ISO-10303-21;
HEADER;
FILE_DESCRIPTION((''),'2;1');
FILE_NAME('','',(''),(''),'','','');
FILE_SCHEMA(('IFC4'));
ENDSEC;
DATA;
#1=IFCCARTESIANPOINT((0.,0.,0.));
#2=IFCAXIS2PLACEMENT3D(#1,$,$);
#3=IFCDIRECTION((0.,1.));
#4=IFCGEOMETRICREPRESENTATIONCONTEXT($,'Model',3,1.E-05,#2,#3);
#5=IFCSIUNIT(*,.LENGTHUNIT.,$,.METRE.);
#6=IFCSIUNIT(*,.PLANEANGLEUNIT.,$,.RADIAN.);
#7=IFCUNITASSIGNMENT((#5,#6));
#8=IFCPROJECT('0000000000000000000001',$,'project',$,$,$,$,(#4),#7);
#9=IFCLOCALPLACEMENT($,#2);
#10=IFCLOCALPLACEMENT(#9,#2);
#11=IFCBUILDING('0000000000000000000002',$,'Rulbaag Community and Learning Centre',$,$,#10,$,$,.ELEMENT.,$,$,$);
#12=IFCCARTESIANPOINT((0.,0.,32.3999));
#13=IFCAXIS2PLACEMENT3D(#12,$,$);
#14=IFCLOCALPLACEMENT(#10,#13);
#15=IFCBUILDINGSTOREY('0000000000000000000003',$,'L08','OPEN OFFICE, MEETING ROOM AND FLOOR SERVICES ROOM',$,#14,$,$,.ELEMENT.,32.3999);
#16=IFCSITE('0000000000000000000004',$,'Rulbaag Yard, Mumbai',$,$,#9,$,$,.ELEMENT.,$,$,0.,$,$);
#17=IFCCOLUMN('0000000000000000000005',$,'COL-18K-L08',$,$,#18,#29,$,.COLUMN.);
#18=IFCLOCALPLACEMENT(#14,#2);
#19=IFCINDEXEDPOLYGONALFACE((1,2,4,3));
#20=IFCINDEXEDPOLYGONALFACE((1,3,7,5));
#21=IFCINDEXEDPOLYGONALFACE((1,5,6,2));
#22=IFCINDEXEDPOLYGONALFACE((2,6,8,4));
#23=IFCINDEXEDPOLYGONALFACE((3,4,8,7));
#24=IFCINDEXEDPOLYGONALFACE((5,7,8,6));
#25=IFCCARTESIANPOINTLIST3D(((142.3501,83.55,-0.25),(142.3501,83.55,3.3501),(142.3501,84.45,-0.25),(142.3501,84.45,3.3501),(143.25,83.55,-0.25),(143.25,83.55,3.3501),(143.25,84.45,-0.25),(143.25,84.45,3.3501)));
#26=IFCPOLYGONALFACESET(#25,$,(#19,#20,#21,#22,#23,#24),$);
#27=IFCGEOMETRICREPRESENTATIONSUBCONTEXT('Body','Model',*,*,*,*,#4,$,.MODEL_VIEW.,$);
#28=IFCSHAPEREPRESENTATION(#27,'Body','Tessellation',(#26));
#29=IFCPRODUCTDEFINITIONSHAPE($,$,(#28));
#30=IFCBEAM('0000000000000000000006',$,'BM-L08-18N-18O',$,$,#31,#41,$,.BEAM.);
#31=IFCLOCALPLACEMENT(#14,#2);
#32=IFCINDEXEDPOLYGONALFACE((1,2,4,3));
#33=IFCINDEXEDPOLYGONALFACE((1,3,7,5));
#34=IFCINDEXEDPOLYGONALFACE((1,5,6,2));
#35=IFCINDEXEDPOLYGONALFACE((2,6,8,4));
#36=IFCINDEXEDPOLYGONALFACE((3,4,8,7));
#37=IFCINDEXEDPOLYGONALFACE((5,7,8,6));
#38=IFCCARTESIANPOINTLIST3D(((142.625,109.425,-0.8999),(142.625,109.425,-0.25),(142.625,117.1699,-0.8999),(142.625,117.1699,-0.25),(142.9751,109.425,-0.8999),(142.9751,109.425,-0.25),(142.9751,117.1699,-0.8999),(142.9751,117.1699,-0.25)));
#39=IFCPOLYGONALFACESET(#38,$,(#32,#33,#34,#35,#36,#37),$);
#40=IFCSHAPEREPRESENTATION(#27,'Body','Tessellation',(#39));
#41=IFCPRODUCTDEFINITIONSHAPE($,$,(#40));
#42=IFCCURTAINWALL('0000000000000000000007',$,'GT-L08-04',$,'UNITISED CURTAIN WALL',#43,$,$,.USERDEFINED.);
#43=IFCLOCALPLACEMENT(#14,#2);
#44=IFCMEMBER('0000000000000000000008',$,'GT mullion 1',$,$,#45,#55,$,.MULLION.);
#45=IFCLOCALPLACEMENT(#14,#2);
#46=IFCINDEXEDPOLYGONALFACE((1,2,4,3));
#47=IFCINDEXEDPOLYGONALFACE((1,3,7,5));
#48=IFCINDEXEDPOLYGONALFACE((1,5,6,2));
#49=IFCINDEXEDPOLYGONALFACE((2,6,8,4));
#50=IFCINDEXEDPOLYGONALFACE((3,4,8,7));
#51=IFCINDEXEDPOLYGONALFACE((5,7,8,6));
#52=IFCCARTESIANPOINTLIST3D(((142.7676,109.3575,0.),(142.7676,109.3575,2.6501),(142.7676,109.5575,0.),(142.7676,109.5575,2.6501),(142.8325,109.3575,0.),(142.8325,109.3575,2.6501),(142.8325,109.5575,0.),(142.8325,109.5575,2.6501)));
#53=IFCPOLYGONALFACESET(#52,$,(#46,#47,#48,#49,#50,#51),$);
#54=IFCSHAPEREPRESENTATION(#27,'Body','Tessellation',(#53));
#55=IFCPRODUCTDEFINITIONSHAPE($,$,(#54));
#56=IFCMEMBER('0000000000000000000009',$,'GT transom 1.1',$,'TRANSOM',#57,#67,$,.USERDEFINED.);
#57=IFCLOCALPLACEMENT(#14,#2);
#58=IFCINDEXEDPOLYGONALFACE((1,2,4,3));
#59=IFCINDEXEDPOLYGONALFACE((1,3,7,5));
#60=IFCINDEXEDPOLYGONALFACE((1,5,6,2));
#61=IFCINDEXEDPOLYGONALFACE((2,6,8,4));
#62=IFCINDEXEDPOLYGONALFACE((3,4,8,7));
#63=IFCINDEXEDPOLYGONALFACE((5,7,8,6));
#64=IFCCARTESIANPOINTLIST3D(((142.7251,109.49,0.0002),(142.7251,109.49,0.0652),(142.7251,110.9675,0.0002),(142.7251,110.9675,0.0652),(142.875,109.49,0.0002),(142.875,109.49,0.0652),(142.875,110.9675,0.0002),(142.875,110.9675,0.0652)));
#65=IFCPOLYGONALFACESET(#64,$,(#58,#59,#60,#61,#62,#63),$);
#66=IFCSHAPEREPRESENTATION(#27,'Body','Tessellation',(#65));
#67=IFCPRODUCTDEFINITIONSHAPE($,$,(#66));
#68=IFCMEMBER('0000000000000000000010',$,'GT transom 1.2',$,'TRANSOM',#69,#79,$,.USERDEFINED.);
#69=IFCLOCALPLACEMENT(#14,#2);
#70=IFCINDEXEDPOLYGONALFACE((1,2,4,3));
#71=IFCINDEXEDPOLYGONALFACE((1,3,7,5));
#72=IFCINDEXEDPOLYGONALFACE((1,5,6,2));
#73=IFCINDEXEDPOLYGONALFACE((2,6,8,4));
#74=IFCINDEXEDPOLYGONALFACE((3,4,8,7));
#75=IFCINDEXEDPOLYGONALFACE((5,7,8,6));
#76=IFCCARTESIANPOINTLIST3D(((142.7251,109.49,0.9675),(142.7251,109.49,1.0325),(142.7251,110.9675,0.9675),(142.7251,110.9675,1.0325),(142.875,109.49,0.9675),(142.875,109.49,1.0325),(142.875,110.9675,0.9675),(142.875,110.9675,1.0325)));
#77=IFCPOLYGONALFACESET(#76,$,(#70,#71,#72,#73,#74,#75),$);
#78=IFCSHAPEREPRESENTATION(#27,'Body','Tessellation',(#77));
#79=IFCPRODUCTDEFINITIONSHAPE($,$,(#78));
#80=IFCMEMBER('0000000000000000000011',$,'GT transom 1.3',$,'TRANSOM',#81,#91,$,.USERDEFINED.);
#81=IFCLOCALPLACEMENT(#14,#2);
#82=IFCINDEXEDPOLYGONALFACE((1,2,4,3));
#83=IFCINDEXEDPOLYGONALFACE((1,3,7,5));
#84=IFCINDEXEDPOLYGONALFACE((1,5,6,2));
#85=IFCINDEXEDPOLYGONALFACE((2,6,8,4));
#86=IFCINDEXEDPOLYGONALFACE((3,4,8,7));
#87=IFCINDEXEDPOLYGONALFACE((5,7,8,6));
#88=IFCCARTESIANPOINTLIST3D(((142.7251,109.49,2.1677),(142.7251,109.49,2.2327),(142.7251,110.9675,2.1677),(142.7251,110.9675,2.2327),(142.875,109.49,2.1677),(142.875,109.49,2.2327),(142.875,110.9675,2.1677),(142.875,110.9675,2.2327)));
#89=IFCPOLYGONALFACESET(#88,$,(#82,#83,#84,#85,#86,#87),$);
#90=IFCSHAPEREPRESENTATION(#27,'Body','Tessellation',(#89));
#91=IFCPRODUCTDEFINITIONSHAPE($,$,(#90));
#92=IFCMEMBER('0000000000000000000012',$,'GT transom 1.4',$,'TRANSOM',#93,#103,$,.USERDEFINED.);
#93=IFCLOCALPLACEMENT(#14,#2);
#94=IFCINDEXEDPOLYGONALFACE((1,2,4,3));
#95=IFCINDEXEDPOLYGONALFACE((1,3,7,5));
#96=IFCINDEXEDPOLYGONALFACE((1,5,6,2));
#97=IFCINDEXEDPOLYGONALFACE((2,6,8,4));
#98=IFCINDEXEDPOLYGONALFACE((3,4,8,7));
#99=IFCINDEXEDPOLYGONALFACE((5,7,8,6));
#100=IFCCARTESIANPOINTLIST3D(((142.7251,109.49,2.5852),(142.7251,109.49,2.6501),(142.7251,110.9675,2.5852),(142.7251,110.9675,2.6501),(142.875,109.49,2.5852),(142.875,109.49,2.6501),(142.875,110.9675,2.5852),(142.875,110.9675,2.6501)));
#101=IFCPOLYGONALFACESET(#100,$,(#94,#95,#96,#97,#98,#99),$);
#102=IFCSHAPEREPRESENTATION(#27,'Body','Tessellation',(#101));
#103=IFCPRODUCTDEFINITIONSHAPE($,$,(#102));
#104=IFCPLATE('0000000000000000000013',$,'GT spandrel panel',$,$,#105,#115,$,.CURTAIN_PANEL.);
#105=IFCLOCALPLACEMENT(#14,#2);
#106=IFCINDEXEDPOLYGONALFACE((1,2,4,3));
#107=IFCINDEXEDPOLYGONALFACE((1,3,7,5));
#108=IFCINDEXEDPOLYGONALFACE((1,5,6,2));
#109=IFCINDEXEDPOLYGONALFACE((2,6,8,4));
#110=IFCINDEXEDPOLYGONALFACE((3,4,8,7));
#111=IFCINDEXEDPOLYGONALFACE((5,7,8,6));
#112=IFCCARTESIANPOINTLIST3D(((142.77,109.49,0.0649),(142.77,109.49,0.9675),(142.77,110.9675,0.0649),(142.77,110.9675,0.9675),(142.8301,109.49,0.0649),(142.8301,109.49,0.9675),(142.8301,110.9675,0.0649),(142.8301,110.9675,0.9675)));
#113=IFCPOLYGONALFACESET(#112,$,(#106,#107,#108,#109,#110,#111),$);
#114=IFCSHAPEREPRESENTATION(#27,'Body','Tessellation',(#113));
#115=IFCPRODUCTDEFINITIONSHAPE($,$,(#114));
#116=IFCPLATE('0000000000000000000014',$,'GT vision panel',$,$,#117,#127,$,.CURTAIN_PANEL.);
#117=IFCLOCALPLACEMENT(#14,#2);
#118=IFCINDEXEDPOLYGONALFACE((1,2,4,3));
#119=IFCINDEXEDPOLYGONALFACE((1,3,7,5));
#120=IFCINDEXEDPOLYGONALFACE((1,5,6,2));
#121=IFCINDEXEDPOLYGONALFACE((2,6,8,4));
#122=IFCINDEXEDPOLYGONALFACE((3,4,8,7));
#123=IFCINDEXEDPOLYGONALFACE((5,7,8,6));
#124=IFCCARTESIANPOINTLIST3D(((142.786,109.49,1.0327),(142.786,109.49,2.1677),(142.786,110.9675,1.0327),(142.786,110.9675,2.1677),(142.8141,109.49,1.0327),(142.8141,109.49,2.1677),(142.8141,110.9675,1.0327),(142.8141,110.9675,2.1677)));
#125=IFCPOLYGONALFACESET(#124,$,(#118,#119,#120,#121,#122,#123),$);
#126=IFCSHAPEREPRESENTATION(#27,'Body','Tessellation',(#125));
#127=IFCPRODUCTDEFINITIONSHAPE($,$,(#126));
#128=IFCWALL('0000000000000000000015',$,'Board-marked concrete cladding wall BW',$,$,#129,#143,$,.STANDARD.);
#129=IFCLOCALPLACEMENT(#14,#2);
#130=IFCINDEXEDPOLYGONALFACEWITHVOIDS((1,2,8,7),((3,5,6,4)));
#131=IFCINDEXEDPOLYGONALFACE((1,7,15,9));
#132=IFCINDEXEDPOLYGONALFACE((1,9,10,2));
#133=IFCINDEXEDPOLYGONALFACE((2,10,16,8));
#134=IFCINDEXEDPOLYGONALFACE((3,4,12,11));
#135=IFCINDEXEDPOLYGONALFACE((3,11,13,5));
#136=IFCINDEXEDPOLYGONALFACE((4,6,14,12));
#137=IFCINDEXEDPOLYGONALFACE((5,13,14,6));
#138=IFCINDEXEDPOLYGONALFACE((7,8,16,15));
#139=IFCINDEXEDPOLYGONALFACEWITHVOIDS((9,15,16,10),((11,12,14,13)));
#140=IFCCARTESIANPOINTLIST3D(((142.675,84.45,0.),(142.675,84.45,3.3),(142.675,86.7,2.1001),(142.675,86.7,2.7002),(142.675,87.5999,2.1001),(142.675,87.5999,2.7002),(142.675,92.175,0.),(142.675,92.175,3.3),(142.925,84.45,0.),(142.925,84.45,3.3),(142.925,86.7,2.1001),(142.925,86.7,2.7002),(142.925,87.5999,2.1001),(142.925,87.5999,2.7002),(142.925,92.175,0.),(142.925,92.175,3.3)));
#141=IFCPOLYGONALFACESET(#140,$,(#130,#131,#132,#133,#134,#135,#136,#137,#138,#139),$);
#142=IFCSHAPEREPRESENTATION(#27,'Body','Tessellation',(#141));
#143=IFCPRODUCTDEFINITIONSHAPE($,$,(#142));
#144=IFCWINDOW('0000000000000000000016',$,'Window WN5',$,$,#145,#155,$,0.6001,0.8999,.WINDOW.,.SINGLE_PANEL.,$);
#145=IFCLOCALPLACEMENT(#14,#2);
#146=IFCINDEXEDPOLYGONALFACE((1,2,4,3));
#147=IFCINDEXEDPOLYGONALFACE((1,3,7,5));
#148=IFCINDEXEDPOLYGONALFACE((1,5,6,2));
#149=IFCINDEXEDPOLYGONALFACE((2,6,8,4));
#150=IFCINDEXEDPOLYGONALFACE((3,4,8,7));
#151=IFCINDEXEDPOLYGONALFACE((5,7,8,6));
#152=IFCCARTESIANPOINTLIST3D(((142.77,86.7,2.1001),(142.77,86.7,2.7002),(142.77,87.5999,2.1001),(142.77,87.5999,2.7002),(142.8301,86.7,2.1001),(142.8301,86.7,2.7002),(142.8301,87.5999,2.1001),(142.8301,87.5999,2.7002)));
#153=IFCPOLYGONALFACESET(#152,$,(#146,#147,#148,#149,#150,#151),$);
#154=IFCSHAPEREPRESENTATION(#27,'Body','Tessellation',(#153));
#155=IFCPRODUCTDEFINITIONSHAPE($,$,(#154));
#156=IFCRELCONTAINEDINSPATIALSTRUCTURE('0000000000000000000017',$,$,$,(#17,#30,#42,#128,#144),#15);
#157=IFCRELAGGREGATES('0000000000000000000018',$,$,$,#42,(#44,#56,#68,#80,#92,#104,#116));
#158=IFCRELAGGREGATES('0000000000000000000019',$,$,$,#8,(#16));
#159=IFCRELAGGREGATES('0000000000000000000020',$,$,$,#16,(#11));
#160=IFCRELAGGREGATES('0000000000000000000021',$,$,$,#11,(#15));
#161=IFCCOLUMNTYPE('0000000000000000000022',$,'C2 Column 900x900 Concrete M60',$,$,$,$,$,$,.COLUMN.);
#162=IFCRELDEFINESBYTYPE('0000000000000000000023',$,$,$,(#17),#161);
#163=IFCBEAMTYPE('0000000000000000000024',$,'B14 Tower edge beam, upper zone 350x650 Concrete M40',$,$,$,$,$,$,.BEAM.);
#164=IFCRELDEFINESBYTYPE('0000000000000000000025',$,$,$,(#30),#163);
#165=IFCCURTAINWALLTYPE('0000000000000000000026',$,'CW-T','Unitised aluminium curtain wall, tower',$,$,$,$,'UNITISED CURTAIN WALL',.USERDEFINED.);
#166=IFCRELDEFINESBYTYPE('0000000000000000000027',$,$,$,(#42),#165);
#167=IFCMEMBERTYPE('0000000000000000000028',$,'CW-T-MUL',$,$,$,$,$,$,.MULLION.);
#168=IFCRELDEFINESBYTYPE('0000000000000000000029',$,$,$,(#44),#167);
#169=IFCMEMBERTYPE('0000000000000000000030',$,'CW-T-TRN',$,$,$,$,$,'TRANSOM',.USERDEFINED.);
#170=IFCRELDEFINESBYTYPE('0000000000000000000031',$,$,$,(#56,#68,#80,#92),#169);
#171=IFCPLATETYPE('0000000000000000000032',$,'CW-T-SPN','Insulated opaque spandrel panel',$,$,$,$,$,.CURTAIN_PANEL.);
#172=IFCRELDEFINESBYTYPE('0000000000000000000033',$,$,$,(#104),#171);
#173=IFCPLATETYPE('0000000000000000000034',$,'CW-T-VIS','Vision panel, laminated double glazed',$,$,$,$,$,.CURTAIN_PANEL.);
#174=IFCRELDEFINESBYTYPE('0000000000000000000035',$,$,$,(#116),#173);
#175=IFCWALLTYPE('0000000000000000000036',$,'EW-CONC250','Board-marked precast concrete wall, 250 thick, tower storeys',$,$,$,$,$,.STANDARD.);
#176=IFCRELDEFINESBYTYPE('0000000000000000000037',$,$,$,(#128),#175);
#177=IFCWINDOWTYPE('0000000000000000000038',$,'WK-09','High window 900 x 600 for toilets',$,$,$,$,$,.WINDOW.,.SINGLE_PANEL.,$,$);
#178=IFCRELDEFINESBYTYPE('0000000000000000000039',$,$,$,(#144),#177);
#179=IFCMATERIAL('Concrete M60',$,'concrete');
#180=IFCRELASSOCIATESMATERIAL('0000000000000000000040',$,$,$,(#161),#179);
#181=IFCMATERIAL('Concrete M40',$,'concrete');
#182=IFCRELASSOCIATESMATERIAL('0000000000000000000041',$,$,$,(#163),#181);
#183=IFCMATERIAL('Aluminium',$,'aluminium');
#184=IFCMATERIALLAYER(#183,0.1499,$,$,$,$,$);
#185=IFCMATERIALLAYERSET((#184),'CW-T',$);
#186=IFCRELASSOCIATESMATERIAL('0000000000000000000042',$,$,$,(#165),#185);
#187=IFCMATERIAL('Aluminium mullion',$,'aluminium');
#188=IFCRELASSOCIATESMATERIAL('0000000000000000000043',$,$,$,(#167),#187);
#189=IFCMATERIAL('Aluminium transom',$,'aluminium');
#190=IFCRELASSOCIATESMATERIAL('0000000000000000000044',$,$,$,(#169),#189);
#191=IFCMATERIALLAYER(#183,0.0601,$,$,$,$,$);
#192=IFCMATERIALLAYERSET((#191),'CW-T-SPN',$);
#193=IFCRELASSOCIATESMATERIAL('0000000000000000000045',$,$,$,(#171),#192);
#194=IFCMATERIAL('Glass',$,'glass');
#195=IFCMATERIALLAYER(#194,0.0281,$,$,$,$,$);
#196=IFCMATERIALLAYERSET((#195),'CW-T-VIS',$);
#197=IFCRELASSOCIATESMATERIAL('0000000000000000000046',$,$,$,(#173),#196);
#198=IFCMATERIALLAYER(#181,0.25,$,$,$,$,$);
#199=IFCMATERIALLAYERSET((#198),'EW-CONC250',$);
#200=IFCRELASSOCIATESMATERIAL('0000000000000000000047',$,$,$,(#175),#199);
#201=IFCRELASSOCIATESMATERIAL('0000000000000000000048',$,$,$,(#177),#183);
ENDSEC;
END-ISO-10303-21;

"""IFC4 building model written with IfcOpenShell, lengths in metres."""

from ifc_helpers import new_model, si_unit, direction, frame, frame_2d, origin, origin_2d, place, context, subcontext, project, spatial, rectangle, extrude, material, layer, layer_set, material_profile, profile_set, type_object, element, fill, aggregate, save


model = new_model("IFC4")

# Units and contexts
model_context = context("Model", 3, precision=1e-05, world=origin(), true_north=direction((0.0, 1.0)))
body_context = subcontext(model_context, "Body", "Model", "MODEL_VIEW")
ifc_project = project(units=[si_unit("LENGTHUNIT", "METRE"), si_unit("PLANEANGLEUNIT", "RADIAN")], contexts=[model_context])

# Site, building, storey
site_placement = place(None, origin())
site = spatial("IfcSite", under=ifc_project, at=site_placement, Name="Rulbaag Yard, Mumbai", CompositionType="ELEMENT", RefElevation=0.0)
building_placement = place(site_placement, origin())
building = spatial("IfcBuilding", under=site, at=building_placement, Name="Rulbaag Community and Learning Centre", CompositionType="ELEMENT")
storey_placement = place(building_placement, frame((0.0, 0.0, 32.3999)))
storey = spatial("IfcBuildingStorey", under=building, at=storey_placement, Name="L08", Description="OPEN OFFICE, MEETING ROOM AND FLOOR SERVICES ROOM", CompositionType="ELEMENT", Elevation=32.3999)

# Column
ifc_material_1 = material(Name="Concrete M60", Category="concrete")
ifc_material_profile_1 = material_profile(ifc_material_1, rectangle(XDim=0.8999, YDim=0.8999, at=origin_2d()), Name="RC900x900")
ifc_profile_set_1 = profile_set([ifc_material_profile_1], Name="Concrete M60")
column_type = type_object("IfcColumnType", Name="C2 Column 900x900 Concrete M60", PredefinedType="COLUMN", material=ifc_profile_set_1)
column_placement = place(storey_placement, frame((142.8, 84.0, -0.25), z_axis=(0.0, 0.0, 1.0), x_axis=(1.0, 0.0, 0.0)))
element("IfcColumn", 1, at=column_placement, inside=storey, type_object=column_type, Name="COL-18K-L08", PredefinedType="COLUMN", context=body_context, shape_type="SweptSolid", body=[
    extrude(rectangle(XDim=0.8999, YDim=0.8999, at=origin_2d()), origin(), (0.0, 0.0, 1.0), 3.6001),
])

# Beam
ifc_material_2 = material(Name="Concrete M40", Category="concrete")
ifc_material_profile_2 = material_profile(ifc_material_2, rectangle(XDim=0.3501, YDim=0.6499, at=origin_2d()), Name="RB350x650")
ifc_profile_set_2 = profile_set([ifc_material_profile_2], Name="Concrete M40")
beam_type = type_object("IfcBeamType", Name="B14 Tower edge beam, upper zone 350x650 Concrete M40", PredefinedType="BEAM", material=ifc_profile_set_2)
beam_placement = place(storey_placement, frame((142.8, 109.425, -0.575), z_axis=(0.0, 1.0, 0.0), x_axis=(-1.0, 0.0, 0.0)))
element("IfcBeam", 2, at=beam_placement, inside=storey, type_object=beam_type, Name="BM-L08-18N-18O", PredefinedType="BEAM", context=body_context, shape_type="SweptSolid", body=[
    extrude(rectangle(XDim=0.3501, YDim=0.6499, at=origin_2d()), origin(), (0.0, 0.0, 1.0), 7.7449),
])

# Curtain wall, members, plates
ifc_material_3 = material(Name="Aluminium", Category="aluminium")
ifc_layer_1 = layer(ifc_material_3, 0.1499)
ifc_layer_set_1 = layer_set([ifc_layer_1], Name="CW-T")
curtain_wall_type = type_object("IfcCurtainWallType", Name="CW-T", Description="Unitised aluminium curtain wall, tower", ElementType="UNITISED CURTAIN WALL", PredefinedType="USERDEFINED", material=ifc_layer_set_1)
curtain_wall_placement = place(storey_placement, origin())
curtain_wall = element("IfcCurtainWall", 3, at=curtain_wall_placement, inside=storey, type_object=curtain_wall_type, Name="GT-L08-04", ObjectType="UNITISED CURTAIN WALL", PredefinedType="USERDEFINED")
ifc_material_4 = material(Name="Aluminium mullion", Category="aluminium")
ifc_material_profile_3 = material_profile(ifc_material_4, rectangle(XDim=0.0649, YDim=0.2, at=origin_2d()), Name="AL 65x200")
ifc_profile_set_3 = profile_set([ifc_material_profile_3], Name="Aluminium mullion")
member_type_1 = type_object("IfcMemberType", Name="CW-T-MUL", PredefinedType="MULLION", material=ifc_profile_set_3)
member_1_placement = place(storey_placement, frame((142.8, 109.4575, 0.0), z_axis=(0.0, 0.0, 1.0), x_axis=(-1.0, 0.0, 0.0)))
member_1 = element("IfcMember", 4, at=member_1_placement, type_object=member_type_1, Name="GT mullion 1", PredefinedType="MULLION", context=body_context, shape_type="SweptSolid", body=[
    extrude(rectangle(XDim=0.0649, YDim=0.2, at=origin_2d()), origin(), (0.0, 0.0, 1.0), 2.6501),
])
ifc_material_5 = material(Name="Aluminium transom", Category="aluminium")
ifc_material_profile_4 = material_profile(ifc_material_5, rectangle(XDim=0.1499, YDim=0.0649, at=origin_2d()), Name="AL 65x150 T")
ifc_profile_set_4 = profile_set([ifc_material_profile_4], Name="Aluminium transom")
member_type_2 = type_object("IfcMemberType", Name="CW-T-TRN", ElementType="TRANSOM", PredefinedType="USERDEFINED", material=ifc_profile_set_4)
member_2_placement = place(storey_placement, frame((142.8, 109.49, 0.0327), z_axis=(0.0, 1.0, 0.0), x_axis=(-1.0, 0.0, 0.0)))
member_2 = element("IfcMember", 5, at=member_2_placement, type_object=member_type_2, Name="GT transom 1.1", ObjectType="TRANSOM", PredefinedType="USERDEFINED", context=body_context, shape_type="SweptSolid", body=[
    extrude(rectangle(XDim=0.1499, YDim=0.0649, at=origin_2d()), origin(), (0.0, 0.0, 1.0), 1.4775),
])
member_3_placement = place(storey_placement, frame((142.8, 109.49, 1.0), z_axis=(0.0, 1.0, 0.0), x_axis=(-1.0, 0.0, 0.0)))
member_3 = element("IfcMember", 6, at=member_3_placement, type_object=member_type_2, Name="GT transom 1.2", ObjectType="TRANSOM", PredefinedType="USERDEFINED", context=body_context, shape_type="SweptSolid", body=[
    extrude(rectangle(XDim=0.1499, YDim=0.0649, at=origin_2d()), origin(), (0.0, 0.0, 1.0), 1.4775),
])
member_4_placement = place(storey_placement, frame((142.8, 109.49, 2.2002), z_axis=(0.0, 1.0, 0.0), x_axis=(-1.0, 0.0, 0.0)))
member_4 = element("IfcMember", 7, at=member_4_placement, type_object=member_type_2, Name="GT transom 1.3", ObjectType="TRANSOM", PredefinedType="USERDEFINED", context=body_context, shape_type="SweptSolid", body=[
    extrude(rectangle(XDim=0.1499, YDim=0.0649, at=origin_2d()), origin(), (0.0, 0.0, 1.0), 1.4775),
])
member_5_placement = place(storey_placement, frame((142.8, 109.49, 2.6177), z_axis=(0.0, 1.0, 0.0), x_axis=(-1.0, 0.0, 0.0)))
member_5 = element("IfcMember", 8, at=member_5_placement, type_object=member_type_2, Name="GT transom 1.4", ObjectType="TRANSOM", PredefinedType="USERDEFINED", context=body_context, shape_type="SweptSolid", body=[
    extrude(rectangle(XDim=0.1499, YDim=0.0649, at=origin_2d()), origin(), (0.0, 0.0, 1.0), 1.4775),
])
ifc_layer_2 = layer(ifc_material_3, 0.0601)
ifc_layer_set_2 = layer_set([ifc_layer_2], Name="CW-T-SPN")
plate_type_1 = type_object("IfcPlateType", Name="CW-T-SPN", Description="Insulated opaque spandrel panel", PredefinedType="CURTAIN_PANEL", material=ifc_layer_set_2)
plate_1_placement = place(storey_placement, frame((142.8, 110.2288, 0.0649), z_axis=(0.0, 0.0, 1.0), x_axis=(0.0, 1.0, 0.0)))
plate_1 = element("IfcPlate", 9, at=plate_1_placement, type_object=plate_type_1, Name="GT spandrel panel", PredefinedType="CURTAIN_PANEL", context=body_context, shape_type="SweptSolid", body=[
    extrude(rectangle(XDim=1.4775, YDim=0.0601, at=origin_2d()), origin(), (0.0, 0.0, 1.0), 0.9026),
])
ifc_material_6 = material(Name="Glass", Category="glass")
ifc_layer_3 = layer(ifc_material_6, 0.0281)
ifc_layer_set_3 = layer_set([ifc_layer_3], Name="CW-T-VIS")
plate_type_2 = type_object("IfcPlateType", Name="CW-T-VIS", Description="Vision panel, laminated double glazed", PredefinedType="CURTAIN_PANEL", material=ifc_layer_set_3)
plate_2_placement = place(storey_placement, frame((142.8, 110.2288, 1.0327), z_axis=(0.0, 0.0, 1.0), x_axis=(0.0, 1.0, 0.0)))
plate_2 = element("IfcPlate", 10, at=plate_2_placement, type_object=plate_type_2, Name="GT vision panel", PredefinedType="CURTAIN_PANEL", context=body_context, shape_type="SweptSolid", body=[
    extrude(rectangle(XDim=1.4775, YDim=0.0281, at=origin_2d()), origin(), (0.0, 0.0, 1.0), 1.135),
])
aggregate(curtain_wall, [member_1, member_2, member_3, member_4, member_5, plate_1, plate_2])

# Wall, opening, window
ifc_layer_4 = layer(ifc_material_2, 0.25)
ifc_layer_set_4 = layer_set([ifc_layer_4], Name="EW-CONC250")
wall_type_1 = type_object("IfcWallType", Name="EW-CONC250", Description="Board-marked precast concrete wall, 250 thick, tower storeys", PredefinedType="STANDARD", material=ifc_layer_set_4)
wall_1_placement = place(storey_placement, frame((142.8, 84.45, 0.0), z_axis=(0.0, 0.0, 1.0), x_axis=(0.0, 1.0, 0.0)))
wall_1 = element("IfcWall", 11, at=wall_1_placement, inside=storey, type_object=wall_type_1, Name="Board-marked concrete cladding wall BW", PredefinedType="STANDARD", context=body_context, shape_type="SweptSolid", body=[
    extrude(rectangle(XDim=7.7251, YDim=0.25, at=frame_2d((3.8625, 0.0))), origin(), (0.0, 0.0, 1.0), 3.3),
])
opening_1_placement = place(wall_1_placement, frame((2.25, 0.0, 2.1001)))
opening_1 = element("IfcOpeningElement", 12, at=opening_1_placement, cuts=wall_1, PredefinedType="OPENING", context=body_context, shape_type="SweptSolid", body=[
    extrude(rectangle(XDim=0.8999, YDim=0.6001, at=frame_2d((0.45, 0.3))), frame((0.0, 0.135, 0.0), z_axis=(0.0, -1.0, 0.0), x_axis=(1.0, 0.0, 0.0)), (0.0, 0.0, 1.0), 0.27),
])
window_type = type_object("IfcWindowType", Name="WK-09", Description="High window 900 x 600 for toilets", PartitioningType="SINGLE_PANEL", PredefinedType="WINDOW", material=ifc_material_3)
window_placement = place(opening_1_placement, origin())
window = element("IfcWindow", 13, at=window_placement, inside=storey, type_object=window_type, Name="Window WN5", OverallHeight=0.6001, OverallWidth=0.8999, PartitioningType="SINGLE_PANEL", PredefinedType="WINDOW", context=body_context, shape_type="SweptSolid", body=[
    extrude(rectangle(XDim=0.8999, YDim=0.6001, at=frame_2d((0.45, 0.3))), frame((0.0, 0.03, 0.0), z_axis=(0.0, -1.0, 0.0), x_axis=(1.0, 0.0, 0.0)), (0.0, 0.0, 1.0), 0.0601),
])
fill(opening_1, window)

save(model, "model.ifc")
